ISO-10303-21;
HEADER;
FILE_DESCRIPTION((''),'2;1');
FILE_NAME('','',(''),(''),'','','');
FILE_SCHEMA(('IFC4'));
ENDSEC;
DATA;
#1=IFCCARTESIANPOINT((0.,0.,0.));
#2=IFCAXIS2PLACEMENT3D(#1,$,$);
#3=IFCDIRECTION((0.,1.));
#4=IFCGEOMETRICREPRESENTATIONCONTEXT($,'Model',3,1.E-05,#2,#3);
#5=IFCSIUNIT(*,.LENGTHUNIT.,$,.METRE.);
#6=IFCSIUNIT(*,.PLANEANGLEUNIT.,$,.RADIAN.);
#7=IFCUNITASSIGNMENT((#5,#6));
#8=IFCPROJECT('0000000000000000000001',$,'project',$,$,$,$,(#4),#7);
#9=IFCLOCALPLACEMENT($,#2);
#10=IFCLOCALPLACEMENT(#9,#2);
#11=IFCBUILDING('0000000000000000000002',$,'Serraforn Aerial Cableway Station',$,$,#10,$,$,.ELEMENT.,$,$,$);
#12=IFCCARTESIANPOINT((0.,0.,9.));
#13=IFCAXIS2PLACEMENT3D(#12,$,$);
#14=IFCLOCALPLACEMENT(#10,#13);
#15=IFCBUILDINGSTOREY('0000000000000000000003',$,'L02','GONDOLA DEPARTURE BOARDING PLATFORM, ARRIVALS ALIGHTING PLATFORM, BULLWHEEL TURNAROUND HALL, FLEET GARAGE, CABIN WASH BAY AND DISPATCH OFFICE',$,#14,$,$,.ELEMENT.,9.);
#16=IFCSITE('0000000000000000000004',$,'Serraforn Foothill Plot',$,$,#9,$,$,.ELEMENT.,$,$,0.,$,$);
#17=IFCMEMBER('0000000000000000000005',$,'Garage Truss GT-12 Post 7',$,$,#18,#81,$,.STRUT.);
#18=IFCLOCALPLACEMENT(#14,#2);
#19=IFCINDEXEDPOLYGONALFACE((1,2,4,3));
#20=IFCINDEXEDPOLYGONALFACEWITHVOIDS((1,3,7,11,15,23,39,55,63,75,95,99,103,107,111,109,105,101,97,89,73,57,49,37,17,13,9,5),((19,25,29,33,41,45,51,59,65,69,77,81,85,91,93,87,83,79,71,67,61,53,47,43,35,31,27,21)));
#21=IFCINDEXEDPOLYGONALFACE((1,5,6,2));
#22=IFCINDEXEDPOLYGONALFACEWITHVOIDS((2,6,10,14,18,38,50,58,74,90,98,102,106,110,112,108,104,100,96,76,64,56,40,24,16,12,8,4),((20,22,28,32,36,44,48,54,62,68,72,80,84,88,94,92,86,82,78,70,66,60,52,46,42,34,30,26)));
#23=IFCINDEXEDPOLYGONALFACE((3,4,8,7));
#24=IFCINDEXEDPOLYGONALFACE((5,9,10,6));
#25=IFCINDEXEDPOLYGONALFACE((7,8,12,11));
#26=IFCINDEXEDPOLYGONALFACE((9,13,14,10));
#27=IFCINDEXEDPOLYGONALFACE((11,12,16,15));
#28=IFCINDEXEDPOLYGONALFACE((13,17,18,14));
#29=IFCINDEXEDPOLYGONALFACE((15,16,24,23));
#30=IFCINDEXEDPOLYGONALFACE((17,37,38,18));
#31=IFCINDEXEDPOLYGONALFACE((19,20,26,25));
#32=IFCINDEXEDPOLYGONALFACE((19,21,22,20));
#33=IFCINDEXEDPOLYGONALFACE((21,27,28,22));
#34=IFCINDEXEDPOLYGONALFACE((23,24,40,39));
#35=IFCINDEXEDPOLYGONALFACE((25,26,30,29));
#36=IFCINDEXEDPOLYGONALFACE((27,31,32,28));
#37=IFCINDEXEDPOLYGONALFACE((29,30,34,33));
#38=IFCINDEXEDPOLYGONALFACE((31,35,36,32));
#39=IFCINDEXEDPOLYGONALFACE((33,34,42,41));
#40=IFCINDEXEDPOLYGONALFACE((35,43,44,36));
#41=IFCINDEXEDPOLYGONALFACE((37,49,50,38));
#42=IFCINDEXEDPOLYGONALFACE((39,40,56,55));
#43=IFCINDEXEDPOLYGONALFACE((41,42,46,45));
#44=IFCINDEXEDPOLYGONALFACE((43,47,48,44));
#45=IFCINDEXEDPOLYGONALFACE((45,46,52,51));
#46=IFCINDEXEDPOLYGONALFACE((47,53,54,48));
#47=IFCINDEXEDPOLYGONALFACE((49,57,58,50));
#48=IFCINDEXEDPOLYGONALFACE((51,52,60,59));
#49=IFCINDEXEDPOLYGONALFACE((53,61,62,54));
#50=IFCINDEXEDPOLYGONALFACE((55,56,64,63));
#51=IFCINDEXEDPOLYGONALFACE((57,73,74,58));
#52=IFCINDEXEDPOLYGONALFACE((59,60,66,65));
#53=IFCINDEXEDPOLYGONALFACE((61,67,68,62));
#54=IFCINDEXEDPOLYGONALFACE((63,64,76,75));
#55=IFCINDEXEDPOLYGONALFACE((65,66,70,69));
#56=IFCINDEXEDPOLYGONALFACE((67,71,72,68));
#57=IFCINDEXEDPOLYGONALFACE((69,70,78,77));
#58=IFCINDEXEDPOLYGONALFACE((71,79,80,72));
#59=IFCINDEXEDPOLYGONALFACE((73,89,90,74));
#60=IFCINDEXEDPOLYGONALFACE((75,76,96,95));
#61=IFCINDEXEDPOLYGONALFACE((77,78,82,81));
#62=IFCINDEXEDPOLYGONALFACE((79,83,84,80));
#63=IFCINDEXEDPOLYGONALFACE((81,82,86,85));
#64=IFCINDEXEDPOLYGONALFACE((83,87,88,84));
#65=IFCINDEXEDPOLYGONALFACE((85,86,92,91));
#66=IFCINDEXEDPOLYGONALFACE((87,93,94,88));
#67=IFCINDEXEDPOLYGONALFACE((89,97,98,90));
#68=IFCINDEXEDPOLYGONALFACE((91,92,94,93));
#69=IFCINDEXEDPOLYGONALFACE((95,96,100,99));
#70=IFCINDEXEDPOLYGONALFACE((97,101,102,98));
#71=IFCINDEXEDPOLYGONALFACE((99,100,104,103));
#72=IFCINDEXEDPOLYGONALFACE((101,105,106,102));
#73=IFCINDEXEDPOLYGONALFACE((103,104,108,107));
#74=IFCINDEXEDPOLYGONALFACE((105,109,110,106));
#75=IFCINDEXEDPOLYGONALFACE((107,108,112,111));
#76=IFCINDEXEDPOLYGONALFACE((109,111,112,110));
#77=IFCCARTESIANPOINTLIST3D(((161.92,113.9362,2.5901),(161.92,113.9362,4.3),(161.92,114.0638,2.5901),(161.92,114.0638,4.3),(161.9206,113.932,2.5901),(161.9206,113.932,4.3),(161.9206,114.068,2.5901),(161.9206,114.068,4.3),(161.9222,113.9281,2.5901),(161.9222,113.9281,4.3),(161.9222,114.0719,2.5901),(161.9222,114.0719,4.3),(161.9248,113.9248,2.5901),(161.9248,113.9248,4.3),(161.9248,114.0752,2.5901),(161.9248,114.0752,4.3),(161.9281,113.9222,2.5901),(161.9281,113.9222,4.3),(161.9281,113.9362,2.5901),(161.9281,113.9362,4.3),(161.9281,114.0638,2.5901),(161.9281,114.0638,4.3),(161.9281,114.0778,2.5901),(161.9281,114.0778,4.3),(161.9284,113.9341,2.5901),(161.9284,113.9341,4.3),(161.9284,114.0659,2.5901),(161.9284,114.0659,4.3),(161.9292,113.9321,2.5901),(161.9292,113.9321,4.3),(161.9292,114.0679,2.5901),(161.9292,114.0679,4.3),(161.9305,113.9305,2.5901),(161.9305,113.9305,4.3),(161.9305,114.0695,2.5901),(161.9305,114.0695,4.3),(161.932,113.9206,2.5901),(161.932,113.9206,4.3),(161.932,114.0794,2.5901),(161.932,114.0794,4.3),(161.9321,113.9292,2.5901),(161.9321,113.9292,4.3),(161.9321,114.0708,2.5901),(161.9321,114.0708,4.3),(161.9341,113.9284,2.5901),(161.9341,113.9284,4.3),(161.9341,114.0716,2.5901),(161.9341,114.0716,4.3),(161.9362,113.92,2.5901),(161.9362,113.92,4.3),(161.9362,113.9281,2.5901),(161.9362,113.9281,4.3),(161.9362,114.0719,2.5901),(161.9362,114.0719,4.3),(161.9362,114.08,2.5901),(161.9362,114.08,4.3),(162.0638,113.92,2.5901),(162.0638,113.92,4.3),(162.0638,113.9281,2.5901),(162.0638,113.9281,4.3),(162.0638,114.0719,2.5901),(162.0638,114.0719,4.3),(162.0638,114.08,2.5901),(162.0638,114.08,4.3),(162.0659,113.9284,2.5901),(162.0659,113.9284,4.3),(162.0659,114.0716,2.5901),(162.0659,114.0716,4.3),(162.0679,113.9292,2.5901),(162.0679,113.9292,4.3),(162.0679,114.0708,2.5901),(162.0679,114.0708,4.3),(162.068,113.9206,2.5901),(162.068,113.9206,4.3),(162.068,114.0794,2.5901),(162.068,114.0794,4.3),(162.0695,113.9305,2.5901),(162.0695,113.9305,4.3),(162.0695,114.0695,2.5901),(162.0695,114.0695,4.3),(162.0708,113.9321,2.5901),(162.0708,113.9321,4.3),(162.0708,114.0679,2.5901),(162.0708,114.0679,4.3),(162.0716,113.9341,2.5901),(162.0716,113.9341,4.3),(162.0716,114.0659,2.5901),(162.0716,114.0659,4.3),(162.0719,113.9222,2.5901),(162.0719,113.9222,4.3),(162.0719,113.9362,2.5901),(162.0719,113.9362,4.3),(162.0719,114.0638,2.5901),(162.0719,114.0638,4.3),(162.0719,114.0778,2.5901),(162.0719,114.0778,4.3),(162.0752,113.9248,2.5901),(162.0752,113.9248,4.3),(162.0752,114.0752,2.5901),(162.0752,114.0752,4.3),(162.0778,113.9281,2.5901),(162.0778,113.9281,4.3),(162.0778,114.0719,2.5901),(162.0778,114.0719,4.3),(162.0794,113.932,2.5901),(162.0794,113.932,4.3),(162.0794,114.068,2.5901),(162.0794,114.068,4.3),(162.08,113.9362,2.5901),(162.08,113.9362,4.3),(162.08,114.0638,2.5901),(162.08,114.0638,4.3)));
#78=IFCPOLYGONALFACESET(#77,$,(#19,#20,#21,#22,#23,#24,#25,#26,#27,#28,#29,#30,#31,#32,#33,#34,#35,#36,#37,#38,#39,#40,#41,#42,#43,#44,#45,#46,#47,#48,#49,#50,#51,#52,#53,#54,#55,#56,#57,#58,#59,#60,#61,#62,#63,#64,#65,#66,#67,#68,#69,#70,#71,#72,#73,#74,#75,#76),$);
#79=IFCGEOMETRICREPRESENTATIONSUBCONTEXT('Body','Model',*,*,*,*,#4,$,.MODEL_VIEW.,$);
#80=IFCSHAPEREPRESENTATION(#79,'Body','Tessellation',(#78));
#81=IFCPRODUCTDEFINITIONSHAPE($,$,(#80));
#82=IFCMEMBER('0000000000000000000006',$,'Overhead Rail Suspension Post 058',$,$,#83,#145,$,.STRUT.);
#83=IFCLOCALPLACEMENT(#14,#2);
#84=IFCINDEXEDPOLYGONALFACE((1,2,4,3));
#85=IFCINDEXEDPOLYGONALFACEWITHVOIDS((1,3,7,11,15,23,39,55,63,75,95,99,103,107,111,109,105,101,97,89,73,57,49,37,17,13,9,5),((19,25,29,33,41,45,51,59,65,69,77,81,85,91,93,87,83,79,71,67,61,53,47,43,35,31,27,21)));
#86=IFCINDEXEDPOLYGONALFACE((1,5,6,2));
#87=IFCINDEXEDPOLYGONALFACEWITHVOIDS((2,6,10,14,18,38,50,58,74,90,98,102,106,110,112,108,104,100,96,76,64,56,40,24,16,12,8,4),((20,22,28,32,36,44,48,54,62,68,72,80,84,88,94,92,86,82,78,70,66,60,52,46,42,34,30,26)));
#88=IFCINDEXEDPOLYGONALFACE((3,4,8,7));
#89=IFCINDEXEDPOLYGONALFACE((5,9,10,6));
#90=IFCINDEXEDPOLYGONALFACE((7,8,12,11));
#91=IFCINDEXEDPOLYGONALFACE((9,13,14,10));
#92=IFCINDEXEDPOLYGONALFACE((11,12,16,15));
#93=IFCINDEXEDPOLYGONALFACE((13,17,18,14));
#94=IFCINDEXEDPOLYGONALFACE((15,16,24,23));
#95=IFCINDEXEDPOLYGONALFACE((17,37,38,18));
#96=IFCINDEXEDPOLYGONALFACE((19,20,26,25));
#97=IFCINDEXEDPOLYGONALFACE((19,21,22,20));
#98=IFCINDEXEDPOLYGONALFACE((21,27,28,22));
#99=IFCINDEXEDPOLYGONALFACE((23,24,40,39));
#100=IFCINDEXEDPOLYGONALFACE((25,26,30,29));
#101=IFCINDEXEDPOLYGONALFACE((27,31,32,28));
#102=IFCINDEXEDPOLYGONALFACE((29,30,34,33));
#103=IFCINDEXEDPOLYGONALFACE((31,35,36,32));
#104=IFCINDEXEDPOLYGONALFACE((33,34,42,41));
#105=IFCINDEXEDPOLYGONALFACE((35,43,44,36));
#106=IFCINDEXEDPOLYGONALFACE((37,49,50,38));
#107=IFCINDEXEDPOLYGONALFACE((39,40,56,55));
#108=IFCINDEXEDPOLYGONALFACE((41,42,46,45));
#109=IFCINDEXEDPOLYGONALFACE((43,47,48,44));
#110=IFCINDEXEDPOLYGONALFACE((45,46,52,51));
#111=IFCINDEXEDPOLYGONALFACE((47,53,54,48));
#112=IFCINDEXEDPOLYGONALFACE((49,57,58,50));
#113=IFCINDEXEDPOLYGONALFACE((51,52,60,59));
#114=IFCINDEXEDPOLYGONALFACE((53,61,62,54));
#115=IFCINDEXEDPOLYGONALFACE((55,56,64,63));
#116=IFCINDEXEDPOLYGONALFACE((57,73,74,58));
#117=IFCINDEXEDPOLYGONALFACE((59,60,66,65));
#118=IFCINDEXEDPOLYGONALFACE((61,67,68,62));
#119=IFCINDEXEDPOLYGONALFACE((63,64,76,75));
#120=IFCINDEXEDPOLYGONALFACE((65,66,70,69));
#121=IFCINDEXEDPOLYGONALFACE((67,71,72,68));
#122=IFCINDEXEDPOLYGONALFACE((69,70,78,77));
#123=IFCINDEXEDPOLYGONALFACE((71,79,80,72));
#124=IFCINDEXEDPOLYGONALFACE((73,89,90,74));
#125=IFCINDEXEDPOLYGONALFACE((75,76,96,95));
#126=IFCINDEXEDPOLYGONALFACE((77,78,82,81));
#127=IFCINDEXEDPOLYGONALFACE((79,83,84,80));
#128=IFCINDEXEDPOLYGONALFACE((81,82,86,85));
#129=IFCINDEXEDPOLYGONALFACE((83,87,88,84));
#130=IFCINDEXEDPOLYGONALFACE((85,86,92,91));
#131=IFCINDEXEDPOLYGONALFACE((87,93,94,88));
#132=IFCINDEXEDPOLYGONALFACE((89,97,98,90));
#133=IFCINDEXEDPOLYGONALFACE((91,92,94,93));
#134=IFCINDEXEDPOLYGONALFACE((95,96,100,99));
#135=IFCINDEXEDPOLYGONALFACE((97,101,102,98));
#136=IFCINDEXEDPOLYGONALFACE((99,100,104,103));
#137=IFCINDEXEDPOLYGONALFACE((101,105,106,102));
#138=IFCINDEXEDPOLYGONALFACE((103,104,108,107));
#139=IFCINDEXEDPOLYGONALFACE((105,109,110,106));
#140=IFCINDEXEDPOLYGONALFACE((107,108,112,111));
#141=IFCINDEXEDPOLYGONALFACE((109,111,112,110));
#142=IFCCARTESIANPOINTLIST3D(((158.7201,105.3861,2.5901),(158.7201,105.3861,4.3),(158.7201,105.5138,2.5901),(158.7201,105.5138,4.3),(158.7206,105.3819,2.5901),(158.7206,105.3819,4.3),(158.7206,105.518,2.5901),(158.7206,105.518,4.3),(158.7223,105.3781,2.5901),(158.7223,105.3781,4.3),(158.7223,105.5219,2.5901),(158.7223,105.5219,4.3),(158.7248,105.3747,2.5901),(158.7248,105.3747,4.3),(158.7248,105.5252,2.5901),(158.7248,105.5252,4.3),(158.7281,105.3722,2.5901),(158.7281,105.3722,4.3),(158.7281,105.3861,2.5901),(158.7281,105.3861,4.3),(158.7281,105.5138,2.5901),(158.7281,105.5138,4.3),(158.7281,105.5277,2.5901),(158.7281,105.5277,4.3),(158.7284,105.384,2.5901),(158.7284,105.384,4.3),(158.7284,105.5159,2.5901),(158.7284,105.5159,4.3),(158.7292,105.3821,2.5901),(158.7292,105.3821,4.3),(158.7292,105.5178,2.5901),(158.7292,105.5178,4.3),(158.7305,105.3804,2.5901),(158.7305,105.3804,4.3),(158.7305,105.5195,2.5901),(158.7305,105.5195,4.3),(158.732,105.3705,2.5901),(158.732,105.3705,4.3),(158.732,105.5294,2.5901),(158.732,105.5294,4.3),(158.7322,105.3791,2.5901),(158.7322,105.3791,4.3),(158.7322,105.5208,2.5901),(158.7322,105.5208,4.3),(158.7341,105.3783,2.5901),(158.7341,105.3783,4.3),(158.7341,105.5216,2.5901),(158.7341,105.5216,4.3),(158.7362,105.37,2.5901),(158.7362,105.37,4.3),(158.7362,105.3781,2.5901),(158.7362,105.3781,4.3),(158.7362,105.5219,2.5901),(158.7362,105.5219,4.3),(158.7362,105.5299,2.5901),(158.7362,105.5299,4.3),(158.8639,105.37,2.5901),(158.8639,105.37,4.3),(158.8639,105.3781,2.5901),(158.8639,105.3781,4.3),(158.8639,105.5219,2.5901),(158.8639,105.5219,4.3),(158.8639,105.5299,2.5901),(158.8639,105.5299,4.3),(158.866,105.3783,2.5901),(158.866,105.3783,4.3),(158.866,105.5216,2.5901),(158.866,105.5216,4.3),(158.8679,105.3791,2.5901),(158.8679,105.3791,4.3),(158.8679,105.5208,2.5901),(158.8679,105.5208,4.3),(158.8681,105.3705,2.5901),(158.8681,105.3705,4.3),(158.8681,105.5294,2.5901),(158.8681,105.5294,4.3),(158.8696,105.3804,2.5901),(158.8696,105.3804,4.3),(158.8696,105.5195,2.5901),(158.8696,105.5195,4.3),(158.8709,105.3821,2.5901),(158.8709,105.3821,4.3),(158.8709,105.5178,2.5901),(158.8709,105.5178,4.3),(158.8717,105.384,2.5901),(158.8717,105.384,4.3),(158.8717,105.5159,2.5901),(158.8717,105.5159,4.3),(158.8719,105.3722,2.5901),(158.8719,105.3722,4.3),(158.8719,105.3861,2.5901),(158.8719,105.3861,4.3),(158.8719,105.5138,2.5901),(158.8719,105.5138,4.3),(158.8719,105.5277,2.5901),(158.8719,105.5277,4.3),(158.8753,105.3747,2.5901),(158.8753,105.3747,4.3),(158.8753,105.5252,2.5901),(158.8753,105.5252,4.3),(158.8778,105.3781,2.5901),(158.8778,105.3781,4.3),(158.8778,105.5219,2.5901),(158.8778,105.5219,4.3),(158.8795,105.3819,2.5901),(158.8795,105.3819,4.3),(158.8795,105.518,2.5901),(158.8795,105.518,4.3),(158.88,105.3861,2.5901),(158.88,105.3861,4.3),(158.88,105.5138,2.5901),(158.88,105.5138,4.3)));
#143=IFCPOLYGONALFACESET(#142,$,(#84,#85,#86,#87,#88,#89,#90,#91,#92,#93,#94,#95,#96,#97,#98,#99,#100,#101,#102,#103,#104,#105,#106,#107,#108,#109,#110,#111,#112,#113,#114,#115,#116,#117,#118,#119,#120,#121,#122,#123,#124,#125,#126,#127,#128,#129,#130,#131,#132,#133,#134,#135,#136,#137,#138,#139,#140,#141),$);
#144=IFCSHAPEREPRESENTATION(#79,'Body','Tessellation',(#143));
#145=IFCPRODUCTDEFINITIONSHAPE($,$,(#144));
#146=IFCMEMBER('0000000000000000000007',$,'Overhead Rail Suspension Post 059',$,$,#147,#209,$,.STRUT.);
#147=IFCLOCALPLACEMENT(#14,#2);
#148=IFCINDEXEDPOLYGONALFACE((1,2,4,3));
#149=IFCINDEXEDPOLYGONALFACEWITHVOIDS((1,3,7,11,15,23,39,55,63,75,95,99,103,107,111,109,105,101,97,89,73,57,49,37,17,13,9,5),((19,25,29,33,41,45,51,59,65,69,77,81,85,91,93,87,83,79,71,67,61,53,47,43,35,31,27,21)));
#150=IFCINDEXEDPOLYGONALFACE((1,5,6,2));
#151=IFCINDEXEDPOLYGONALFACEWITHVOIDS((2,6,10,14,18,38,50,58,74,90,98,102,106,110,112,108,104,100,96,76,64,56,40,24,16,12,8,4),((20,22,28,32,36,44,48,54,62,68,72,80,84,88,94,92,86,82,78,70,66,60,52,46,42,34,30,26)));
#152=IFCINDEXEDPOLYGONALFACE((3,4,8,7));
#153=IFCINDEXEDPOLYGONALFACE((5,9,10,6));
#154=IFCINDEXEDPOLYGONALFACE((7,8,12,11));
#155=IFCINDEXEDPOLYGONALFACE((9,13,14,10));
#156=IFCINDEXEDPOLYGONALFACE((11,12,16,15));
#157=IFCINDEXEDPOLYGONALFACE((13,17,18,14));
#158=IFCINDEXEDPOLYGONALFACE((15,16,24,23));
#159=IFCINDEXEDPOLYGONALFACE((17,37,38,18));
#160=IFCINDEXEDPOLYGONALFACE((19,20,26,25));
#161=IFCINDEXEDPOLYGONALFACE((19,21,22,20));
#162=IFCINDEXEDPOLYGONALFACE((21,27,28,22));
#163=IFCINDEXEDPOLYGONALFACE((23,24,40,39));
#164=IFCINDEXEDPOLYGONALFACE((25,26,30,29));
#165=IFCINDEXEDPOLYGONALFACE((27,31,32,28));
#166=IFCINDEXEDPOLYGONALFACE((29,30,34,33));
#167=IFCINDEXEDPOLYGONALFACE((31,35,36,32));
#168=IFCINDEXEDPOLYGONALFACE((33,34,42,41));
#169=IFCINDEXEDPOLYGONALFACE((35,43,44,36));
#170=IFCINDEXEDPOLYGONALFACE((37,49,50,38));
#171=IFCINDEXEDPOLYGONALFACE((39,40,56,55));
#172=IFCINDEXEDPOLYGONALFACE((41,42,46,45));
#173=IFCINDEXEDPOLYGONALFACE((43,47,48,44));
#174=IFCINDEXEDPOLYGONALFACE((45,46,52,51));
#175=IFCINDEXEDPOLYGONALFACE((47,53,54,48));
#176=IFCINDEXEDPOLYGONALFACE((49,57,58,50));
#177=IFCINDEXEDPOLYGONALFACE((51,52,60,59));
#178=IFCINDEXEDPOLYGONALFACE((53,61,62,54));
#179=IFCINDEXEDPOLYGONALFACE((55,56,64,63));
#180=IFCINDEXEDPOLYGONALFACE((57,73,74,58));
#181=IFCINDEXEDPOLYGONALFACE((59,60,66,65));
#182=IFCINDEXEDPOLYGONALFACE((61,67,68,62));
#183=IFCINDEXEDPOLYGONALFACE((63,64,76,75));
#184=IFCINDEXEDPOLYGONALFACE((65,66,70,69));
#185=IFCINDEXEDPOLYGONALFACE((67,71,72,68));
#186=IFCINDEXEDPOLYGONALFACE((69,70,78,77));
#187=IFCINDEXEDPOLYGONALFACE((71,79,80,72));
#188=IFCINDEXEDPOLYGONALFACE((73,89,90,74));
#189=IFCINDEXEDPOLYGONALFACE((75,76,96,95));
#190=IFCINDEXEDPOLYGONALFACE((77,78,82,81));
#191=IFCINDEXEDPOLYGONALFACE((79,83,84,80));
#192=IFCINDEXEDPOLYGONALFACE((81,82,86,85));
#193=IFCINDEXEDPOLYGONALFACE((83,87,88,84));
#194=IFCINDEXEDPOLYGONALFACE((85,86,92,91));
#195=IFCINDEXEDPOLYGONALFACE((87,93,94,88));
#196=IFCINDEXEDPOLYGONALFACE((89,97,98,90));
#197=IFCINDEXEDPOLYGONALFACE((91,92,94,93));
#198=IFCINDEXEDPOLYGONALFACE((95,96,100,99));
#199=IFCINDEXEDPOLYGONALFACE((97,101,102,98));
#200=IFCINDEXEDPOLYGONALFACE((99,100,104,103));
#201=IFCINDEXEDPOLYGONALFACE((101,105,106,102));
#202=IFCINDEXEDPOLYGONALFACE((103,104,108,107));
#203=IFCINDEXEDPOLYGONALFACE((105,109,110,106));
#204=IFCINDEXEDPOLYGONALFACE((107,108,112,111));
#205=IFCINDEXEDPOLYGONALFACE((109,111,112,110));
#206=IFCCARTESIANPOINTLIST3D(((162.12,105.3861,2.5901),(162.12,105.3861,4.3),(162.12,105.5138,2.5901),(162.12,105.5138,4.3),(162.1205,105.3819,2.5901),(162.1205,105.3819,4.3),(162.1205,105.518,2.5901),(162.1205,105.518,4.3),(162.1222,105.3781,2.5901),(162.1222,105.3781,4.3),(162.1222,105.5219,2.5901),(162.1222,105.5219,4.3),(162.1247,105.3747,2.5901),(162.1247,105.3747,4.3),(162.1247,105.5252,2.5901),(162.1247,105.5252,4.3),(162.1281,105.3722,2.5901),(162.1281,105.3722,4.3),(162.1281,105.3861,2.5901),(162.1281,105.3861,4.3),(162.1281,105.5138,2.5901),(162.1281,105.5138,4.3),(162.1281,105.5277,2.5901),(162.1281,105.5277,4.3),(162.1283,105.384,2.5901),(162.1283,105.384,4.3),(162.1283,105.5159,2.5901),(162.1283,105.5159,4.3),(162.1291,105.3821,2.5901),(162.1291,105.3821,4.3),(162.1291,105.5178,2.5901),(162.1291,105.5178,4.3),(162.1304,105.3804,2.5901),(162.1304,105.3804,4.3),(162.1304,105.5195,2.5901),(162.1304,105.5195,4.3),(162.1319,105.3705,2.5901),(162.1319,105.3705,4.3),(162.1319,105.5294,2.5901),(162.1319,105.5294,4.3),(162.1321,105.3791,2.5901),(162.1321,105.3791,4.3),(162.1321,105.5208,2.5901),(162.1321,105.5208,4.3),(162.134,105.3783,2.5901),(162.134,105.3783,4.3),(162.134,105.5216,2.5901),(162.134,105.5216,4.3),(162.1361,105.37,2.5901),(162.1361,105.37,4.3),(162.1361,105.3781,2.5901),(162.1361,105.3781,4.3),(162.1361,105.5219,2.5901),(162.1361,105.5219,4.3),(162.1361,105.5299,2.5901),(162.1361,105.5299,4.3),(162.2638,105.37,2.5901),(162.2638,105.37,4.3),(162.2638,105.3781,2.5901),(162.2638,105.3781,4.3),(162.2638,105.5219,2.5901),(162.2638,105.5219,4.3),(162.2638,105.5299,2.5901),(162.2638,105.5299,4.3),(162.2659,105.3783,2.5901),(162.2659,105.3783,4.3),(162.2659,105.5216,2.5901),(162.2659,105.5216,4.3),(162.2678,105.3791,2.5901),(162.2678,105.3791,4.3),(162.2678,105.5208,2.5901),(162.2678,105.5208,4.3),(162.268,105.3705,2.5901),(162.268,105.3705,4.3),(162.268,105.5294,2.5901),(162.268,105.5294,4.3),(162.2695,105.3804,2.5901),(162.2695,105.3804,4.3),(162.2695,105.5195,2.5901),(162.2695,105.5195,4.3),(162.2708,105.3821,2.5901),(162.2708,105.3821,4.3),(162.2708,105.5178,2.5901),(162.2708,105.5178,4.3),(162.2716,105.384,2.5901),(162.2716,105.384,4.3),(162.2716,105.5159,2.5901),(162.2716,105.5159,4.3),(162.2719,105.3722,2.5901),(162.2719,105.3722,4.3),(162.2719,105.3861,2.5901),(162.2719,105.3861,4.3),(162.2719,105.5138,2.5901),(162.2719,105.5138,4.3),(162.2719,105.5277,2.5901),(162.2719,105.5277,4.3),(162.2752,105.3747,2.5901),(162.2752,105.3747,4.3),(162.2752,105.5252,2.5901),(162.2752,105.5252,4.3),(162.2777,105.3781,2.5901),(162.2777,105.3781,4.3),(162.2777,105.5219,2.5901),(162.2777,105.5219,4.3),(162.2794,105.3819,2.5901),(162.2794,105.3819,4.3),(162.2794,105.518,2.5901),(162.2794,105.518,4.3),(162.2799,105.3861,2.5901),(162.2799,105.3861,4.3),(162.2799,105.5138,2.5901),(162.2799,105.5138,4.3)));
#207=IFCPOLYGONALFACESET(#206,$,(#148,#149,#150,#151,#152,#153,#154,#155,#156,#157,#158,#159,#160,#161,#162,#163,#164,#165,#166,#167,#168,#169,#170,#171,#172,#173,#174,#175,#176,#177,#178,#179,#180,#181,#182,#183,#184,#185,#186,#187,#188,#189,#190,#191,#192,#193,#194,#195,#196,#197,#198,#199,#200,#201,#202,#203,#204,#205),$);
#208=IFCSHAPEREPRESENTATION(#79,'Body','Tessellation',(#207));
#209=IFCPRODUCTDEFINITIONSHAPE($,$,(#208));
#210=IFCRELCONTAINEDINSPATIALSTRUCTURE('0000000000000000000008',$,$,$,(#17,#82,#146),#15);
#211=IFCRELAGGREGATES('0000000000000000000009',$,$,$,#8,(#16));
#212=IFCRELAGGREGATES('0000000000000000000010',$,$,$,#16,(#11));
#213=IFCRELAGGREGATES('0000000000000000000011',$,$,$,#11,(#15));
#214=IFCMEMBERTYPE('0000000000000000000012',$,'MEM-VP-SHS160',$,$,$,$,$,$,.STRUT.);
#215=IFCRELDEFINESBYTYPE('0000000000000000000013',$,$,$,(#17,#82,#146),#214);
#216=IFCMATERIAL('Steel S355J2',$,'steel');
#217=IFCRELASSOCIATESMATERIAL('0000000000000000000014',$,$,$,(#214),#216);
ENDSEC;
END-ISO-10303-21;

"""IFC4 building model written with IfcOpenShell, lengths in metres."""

from ifc_helpers import new_model, si_unit, direction, frame, origin, origin_2d, place, context, subcontext, project, spatial, hollow_rectangle, extrude, material, material_profile, profile_set, type_object, element, save


model = new_model("IFC4")

# Units and contexts
model_context = context("Model", 3, precision=1e-05, world=origin(), true_north=direction((0.0, 1.0)))
body_context = subcontext(model_context, "Body", "Model", "MODEL_VIEW")
ifc_project = project(units=[si_unit("LENGTHUNIT", "METRE"), si_unit("PLANEANGLEUNIT", "RADIAN")], contexts=[model_context])

# Site, building, storey
site_placement = place(None, origin())
site = spatial("IfcSite", under=ifc_project, at=site_placement, Name="Serraforn Foothill Plot", CompositionType="ELEMENT", RefElevation=0.0)
building_placement = place(site_placement, origin())
building = spatial("IfcBuilding", under=site, at=building_placement, Name="Serraforn Aerial Cableway Station", CompositionType="ELEMENT")
storey_placement = place(building_placement, frame((0.0, 0.0, 9.0)))
storey = spatial("IfcBuildingStorey", under=building, at=storey_placement, Name="L02", Description="GONDOLA DEPARTURE BOARDING PLATFORM, ARRIVALS ALIGHTING PLATFORM, BULLWHEEL TURNAROUND HALL, FLEET GARAGE, CABIN WASH BAY AND DISPATCH OFFICE", CompositionType="ELEMENT", Elevation=9.0)

# Shared definitions
ifc_material_1 = material(Name="Steel S355J2", Category="steel")

# Members
ifc_material_profile_1 = material_profile(ifc_material_1, hollow_rectangle(XDim=0.1599, YDim=0.1599, WallThickness=0.0081, InnerFilletRadius=0.0081, OuterFilletRadius=0.0161, at=origin_2d()), Name="SHS 160x160x8.0")
ifc_profile_set_1 = profile_set([ifc_material_profile_1], Name="Steel S355J2")
member_type_1 = type_object("IfcMemberType", Name="MEM-VP-SHS160", PredefinedType="STRUT", material=ifc_profile_set_1)
for number, where, z_axis, x_axis, name in (
    (1, (162.0, 114.0, 2.5901), (0.0, 0.0, 1.0), (1.0, 0.0, 0.0), "Garage Truss GT-12 Post 7"),
    (2, (158.8, 105.45, 2.5901), (0.0, 0.0, 1.0), (1.0, 0.0, 0.0), "Overhead Rail Suspension Post 058"),
    (3, (162.2, 105.45, 2.5901), (0.0, 0.0, 1.0), (1.0, 0.0, 0.0), "Overhead Rail Suspension Post 059"),
):
    element("IfcMember", number, at=place(storey_placement, frame(where, z_axis=z_axis, x_axis=x_axis)), inside=storey, type_object=member_type_1, Name=name, PredefinedType="STRUT", context=body_context, shape_type="SweptSolid", body=[
        extrude(hollow_rectangle(XDim=0.1599, YDim=0.1599, WallThickness=0.0081, InnerFilletRadius=0.0081, OuterFilletRadius=0.0161, at=origin_2d()), origin(), (0.0, 0.0, 1.0), 1.71),
    ])

save(model, "model.ifc")
